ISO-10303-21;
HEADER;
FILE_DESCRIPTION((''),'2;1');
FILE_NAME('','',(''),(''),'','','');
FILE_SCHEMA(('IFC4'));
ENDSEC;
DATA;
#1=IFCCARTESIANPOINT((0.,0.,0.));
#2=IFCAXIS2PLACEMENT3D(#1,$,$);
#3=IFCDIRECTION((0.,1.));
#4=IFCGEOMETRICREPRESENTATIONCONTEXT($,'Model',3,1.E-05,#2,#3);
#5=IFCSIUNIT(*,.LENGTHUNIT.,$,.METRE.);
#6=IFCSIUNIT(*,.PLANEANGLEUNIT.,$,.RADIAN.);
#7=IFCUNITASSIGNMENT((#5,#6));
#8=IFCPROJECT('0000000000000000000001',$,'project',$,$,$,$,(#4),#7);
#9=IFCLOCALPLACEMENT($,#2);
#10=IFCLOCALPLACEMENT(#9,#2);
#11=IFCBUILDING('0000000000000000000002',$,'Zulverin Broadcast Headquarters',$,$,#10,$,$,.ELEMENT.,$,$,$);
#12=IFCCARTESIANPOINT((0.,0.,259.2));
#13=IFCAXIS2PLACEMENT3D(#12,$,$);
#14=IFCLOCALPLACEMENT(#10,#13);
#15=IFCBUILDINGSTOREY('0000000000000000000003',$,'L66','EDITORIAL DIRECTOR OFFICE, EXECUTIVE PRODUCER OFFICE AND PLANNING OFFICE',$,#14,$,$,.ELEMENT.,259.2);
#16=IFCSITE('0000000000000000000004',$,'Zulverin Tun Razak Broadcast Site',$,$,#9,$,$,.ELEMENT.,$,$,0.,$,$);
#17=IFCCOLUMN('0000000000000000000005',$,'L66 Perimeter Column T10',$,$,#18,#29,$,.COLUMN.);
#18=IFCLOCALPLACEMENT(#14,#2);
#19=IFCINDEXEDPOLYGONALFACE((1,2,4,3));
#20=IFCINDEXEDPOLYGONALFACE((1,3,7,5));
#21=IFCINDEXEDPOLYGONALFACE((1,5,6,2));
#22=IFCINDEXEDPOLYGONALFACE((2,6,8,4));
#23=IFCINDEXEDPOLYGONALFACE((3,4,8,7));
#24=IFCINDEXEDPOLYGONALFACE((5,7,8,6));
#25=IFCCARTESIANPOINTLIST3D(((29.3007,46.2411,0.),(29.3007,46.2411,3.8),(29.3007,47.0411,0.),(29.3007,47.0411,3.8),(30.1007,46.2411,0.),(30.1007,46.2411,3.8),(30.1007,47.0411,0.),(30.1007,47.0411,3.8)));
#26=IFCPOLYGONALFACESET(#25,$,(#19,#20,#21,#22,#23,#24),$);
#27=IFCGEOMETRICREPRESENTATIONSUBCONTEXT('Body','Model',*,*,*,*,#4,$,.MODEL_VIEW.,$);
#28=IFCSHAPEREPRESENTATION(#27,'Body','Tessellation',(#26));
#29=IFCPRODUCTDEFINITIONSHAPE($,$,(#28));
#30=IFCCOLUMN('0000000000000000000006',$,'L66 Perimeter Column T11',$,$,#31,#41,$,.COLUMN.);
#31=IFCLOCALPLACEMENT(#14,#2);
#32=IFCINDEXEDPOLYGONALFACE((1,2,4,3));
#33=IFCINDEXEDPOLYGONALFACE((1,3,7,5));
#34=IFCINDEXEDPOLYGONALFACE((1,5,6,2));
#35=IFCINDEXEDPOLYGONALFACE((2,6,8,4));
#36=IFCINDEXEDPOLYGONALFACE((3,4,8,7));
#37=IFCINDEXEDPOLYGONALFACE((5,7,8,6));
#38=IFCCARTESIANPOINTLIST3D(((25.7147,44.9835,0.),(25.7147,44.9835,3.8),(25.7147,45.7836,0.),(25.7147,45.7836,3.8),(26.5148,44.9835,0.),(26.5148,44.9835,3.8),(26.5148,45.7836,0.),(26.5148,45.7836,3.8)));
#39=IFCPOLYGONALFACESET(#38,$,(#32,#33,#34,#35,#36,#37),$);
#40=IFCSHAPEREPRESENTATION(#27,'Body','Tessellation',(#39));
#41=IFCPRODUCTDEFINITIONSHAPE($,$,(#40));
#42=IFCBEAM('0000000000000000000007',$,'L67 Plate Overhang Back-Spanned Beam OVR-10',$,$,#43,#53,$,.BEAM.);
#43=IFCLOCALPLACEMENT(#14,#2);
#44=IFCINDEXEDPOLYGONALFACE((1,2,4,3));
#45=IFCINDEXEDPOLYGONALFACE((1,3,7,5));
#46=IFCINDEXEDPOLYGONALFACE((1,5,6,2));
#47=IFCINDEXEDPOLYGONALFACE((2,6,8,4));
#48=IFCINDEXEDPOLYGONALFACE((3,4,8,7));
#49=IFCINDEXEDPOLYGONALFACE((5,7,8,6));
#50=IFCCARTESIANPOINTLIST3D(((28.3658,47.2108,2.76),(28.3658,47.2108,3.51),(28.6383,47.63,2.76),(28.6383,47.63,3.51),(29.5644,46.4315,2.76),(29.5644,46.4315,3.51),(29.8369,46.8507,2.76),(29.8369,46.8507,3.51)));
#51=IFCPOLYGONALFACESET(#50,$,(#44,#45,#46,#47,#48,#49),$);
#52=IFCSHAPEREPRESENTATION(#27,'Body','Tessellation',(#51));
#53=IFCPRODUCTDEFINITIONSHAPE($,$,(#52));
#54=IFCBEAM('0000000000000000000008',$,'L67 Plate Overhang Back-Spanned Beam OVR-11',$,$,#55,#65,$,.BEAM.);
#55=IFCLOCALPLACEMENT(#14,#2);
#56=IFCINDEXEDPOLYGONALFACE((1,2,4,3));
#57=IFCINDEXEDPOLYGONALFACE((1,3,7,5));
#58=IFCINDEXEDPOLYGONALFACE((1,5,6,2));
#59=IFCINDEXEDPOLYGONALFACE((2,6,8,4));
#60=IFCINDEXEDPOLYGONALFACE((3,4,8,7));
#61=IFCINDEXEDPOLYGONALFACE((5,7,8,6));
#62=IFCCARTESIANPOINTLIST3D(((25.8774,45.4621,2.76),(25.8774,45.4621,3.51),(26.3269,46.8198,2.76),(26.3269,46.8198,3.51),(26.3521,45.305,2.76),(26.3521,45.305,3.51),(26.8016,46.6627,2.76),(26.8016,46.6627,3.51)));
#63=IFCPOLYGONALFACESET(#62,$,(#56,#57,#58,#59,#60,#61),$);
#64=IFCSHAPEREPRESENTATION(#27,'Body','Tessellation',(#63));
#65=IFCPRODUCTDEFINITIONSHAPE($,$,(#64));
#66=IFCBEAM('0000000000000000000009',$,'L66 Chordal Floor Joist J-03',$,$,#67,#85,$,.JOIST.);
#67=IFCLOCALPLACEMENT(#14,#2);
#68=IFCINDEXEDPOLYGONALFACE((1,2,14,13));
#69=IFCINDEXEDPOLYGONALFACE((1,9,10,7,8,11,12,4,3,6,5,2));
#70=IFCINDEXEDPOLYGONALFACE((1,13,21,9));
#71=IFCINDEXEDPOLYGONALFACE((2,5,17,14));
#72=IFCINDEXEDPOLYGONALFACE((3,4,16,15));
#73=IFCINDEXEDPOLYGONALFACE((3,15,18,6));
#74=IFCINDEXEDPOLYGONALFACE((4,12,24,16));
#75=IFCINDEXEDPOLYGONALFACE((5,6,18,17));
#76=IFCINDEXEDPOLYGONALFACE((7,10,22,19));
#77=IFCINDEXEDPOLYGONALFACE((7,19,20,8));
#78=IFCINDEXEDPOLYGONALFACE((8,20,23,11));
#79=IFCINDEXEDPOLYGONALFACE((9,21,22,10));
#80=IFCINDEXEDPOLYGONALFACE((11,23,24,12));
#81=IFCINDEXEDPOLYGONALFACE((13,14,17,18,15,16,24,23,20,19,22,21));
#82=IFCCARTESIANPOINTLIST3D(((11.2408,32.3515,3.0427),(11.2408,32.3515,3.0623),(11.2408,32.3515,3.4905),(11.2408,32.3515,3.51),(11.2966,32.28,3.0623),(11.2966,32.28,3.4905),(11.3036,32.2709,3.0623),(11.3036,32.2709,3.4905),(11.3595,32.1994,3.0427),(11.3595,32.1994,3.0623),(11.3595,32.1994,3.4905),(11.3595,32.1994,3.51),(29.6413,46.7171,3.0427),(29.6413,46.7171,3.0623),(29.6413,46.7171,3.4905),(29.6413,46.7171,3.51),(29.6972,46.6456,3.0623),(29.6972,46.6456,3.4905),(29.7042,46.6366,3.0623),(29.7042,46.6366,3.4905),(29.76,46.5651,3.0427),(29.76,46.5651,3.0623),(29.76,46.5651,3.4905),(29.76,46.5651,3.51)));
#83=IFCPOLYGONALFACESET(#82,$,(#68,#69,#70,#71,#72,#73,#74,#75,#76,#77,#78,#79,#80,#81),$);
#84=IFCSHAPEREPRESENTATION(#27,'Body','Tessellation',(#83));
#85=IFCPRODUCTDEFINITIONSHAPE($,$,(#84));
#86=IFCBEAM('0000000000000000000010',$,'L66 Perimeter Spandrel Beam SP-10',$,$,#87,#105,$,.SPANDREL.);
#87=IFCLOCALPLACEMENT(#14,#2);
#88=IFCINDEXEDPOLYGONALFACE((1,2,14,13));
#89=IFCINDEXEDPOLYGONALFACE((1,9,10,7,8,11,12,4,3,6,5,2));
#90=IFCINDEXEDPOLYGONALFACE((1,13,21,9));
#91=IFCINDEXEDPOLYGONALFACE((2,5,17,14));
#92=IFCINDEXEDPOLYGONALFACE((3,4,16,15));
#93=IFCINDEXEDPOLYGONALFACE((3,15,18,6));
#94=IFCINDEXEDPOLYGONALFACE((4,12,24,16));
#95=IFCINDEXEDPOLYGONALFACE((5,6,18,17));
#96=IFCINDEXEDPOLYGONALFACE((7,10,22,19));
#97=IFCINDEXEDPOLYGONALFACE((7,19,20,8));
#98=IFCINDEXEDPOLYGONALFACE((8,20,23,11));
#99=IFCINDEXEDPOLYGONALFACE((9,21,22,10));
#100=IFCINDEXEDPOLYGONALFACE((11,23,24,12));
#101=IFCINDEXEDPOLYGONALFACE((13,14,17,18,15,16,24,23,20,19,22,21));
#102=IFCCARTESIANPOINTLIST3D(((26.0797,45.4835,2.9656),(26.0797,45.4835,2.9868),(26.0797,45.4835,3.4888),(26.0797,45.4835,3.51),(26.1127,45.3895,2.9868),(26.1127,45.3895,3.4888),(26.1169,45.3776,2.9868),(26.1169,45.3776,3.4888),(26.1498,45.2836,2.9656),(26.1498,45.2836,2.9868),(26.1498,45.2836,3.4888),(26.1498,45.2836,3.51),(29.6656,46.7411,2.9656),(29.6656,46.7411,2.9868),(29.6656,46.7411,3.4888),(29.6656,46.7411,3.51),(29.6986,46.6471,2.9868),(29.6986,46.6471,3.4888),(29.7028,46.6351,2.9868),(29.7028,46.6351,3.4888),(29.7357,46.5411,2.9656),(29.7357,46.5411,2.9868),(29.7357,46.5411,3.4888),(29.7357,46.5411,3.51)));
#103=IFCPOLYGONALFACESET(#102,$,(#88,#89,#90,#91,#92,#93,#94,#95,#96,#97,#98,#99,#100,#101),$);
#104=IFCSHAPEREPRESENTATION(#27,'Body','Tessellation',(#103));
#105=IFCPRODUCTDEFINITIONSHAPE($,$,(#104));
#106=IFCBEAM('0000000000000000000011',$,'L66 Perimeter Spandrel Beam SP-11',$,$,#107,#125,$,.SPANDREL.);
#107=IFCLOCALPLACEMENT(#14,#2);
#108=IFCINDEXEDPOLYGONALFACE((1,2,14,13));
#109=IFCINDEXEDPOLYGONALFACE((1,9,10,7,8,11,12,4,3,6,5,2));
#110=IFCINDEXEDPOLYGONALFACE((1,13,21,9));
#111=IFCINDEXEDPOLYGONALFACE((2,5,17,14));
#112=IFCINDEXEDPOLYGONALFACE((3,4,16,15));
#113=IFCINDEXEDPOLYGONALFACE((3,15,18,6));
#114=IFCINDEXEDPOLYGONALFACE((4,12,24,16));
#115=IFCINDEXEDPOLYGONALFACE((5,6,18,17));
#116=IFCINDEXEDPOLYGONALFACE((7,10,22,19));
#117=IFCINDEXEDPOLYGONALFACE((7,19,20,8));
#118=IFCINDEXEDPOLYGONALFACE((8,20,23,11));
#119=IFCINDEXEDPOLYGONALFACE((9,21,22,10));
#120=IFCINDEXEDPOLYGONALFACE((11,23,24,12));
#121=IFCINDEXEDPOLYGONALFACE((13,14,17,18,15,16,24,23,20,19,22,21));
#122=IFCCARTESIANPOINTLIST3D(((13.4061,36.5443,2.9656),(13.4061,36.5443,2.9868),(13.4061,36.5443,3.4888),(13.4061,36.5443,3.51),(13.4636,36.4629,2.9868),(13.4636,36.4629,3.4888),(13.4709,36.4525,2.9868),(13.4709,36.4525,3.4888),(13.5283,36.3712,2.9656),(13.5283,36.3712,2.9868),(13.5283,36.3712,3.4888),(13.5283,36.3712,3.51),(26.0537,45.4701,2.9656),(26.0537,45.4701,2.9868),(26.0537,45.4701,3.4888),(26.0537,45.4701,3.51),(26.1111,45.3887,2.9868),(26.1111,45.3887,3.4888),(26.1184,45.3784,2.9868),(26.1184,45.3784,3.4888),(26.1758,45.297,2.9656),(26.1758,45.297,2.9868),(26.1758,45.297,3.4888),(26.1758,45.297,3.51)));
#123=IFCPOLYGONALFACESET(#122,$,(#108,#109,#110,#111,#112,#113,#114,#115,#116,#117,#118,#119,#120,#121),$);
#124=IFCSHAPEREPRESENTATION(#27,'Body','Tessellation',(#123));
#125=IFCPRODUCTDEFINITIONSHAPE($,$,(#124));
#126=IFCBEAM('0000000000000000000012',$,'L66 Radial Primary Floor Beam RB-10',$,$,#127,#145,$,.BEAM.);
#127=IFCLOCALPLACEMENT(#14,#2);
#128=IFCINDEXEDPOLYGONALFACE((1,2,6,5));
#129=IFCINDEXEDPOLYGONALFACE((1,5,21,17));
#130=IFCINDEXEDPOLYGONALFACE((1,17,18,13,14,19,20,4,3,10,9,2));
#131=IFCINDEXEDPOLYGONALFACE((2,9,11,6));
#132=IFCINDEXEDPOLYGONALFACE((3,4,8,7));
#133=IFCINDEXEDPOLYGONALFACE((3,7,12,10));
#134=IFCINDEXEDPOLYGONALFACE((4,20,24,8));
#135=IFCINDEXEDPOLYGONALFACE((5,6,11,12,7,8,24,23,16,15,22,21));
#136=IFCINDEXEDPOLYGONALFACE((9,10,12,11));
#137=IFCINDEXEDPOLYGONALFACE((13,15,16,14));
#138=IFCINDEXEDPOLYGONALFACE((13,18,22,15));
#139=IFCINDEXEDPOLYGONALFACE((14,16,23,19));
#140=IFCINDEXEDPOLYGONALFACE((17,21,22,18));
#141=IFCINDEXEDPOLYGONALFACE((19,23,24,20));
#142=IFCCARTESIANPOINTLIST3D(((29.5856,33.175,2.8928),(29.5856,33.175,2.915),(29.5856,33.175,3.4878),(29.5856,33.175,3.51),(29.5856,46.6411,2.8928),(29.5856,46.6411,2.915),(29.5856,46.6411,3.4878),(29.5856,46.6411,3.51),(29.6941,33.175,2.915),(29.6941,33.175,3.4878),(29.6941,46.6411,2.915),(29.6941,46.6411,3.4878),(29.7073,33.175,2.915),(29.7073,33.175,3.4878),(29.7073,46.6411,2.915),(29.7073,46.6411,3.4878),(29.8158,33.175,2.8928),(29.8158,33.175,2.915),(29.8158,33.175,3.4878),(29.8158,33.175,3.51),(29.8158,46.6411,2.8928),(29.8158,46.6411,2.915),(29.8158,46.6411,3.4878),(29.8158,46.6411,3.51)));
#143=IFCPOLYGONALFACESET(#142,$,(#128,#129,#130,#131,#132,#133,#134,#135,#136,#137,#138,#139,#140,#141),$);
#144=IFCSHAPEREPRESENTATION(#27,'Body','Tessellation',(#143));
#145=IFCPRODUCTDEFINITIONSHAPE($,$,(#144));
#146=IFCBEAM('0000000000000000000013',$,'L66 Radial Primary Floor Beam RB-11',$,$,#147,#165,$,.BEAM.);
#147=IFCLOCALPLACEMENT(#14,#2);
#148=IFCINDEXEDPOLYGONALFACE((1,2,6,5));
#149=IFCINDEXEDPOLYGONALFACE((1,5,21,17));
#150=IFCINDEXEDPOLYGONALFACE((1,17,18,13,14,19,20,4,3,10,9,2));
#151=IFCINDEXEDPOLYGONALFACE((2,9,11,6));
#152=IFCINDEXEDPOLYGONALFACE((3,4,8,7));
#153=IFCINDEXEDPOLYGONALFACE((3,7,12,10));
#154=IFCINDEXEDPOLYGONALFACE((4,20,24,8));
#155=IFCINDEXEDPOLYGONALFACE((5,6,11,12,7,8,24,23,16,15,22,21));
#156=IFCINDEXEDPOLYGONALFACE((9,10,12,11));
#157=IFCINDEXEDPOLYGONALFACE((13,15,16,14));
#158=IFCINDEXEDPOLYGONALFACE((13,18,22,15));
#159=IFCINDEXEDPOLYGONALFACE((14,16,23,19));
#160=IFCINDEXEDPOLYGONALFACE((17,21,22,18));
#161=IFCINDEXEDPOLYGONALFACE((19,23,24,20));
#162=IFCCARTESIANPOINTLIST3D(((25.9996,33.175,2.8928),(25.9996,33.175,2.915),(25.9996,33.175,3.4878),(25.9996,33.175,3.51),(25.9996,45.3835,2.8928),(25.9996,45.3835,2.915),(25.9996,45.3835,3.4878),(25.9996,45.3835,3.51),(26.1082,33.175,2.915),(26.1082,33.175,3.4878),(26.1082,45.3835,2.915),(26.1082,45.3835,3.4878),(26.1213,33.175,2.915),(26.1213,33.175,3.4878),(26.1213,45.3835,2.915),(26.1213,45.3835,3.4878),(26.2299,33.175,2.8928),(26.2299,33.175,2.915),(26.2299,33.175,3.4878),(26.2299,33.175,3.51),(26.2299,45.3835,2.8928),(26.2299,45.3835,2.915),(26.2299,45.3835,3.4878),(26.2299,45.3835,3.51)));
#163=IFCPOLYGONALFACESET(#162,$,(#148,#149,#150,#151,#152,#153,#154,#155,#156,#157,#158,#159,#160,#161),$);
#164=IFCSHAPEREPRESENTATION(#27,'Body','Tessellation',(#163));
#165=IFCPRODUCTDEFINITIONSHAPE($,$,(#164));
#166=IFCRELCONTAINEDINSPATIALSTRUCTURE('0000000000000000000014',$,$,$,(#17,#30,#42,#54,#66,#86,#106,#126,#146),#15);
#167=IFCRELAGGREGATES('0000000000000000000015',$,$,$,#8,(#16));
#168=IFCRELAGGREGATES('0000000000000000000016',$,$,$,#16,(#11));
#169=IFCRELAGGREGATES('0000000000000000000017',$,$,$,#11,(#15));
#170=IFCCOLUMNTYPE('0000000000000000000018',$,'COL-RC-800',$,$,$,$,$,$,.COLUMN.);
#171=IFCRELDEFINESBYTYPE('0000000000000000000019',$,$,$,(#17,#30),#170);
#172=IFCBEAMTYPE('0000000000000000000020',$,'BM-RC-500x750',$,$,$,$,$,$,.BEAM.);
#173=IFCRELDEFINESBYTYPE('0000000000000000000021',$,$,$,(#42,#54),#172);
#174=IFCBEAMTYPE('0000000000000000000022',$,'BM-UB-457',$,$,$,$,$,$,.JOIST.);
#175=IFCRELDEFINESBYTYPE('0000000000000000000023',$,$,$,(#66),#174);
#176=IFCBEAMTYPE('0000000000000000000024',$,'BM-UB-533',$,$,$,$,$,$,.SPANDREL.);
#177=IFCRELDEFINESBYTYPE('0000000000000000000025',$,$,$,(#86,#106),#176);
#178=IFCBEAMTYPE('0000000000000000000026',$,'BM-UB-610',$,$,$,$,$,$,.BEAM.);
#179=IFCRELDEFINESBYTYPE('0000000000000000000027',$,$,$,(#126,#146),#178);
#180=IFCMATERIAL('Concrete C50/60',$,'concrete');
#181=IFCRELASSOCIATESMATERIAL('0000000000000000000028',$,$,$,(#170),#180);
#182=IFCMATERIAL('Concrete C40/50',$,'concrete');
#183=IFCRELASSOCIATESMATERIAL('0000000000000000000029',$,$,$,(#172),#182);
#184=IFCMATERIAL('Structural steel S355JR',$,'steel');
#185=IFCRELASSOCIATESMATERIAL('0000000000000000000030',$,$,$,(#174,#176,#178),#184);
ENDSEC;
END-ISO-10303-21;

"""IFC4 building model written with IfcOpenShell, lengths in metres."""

from ifc_helpers import new_model, si_unit, direction, frame, origin, origin_2d, place, context, subcontext, project, spatial, rectangle, i_section, extrude, material, material_profile, profile_set, type_object, element, save


model = new_model("IFC4")

# Units and contexts
model_context = context("Model", 3, precision=1e-05, world=origin(), true_north=direction((0.0, 1.0)))
body_context = subcontext(model_context, "Body", "Model", "MODEL_VIEW")
ifc_project = project(units=[si_unit("LENGTHUNIT", "METRE"), si_unit("PLANEANGLEUNIT", "RADIAN")], contexts=[model_context])

# Site, building, storey
site_placement = place(None, origin())
site = spatial("IfcSite", under=ifc_project, at=site_placement, Name="Zulverin Tun Razak Broadcast Site", CompositionType="ELEMENT", RefElevation=0.0)
building_placement = place(site_placement, origin())
building = spatial("IfcBuilding", under=site, at=building_placement, Name="Zulverin Broadcast Headquarters", CompositionType="ELEMENT")
storey_placement = place(building_placement, frame((0.0, 0.0, 259.2)))
storey = spatial("IfcBuildingStorey", under=building, at=storey_placement, Name="L66", Description="EDITORIAL DIRECTOR OFFICE, EXECUTIVE PRODUCER OFFICE AND PLANNING OFFICE", CompositionType="ELEMENT", Elevation=259.2)

# Columns
ifc_material_1 = material(Name="Concrete C50/60", Category="concrete")
ifc_material_profile_1 = material_profile(ifc_material_1, rectangle(XDim=0.8, YDim=0.8, at=origin_2d()), Name="Concrete C50/60", Category="concrete")
ifc_profile_set_1 = profile_set([ifc_material_profile_1], Name="Concrete C50/60")
column_type = type_object("IfcColumnType", Name="COL-RC-800", PredefinedType="COLUMN", material=ifc_profile_set_1)
for number, where, z_axis, x_axis, name in (
    (1, (29.7007, 46.6411, 0.0), (0.0, 0.0, 1.0), (1.0, 0.0, 0.0), "L66 Perimeter Column T10"),
    (2, (26.1147, 45.3835, 0.0), (0.0, 0.0, 1.0), (1.0, 0.0, 0.0), "L66 Perimeter Column T11"),
):
    element("IfcColumn", number, at=place(storey_placement, frame(where, z_axis=z_axis, x_axis=x_axis)), inside=storey, type_object=column_type, Name=name, PredefinedType="COLUMN", context=body_context, shape_type="SweptSolid", body=[
        extrude(rectangle(XDim=0.8, YDim=0.8, at=origin_2d()), origin(), (0.0, 0.0, 1.0), 3.8),
    ])

# Beams
ifc_material_2 = material(Name="Concrete C40/50", Category="concrete")
ifc_material_profile_2 = material_profile(ifc_material_2, rectangle(XDim=0.5, YDim=0.75, at=origin_2d()), Name="Concrete C40/50", Category="concrete")
ifc_profile_set_2 = profile_set([ifc_material_profile_2], Name="Concrete C40/50")
beam_type_1 = type_object("IfcBeamType", Name="BM-RC-500x750", PredefinedType="BEAM", material=ifc_profile_set_2)
beam_1_placement = place(storey_placement, frame((29.7007, 46.6411, 3.135), z_axis=(-0.838405, 0.545048, 0.0), x_axis=(-0.545048, -0.838405, 0.0)))
element("IfcBeam", 3, at=beam_1_placement, inside=storey, type_object=beam_type_1, Name="L67 Plate Overhang Back-Spanned Beam OVR-10", PredefinedType="BEAM", context=body_context, shape_type="SweptSolid", body=[
    extrude(rectangle(XDim=0.5, YDim=0.75, at=origin_2d()), origin(), (0.0, 0.0, 1.0), 1.4297),
])
beam_2_placement = place(storey_placement, frame((26.1147, 45.3835, 3.135), z_axis=(0.314281, 0.94933, 0.0), x_axis=(-0.94933, 0.314281, 0.0)))
element("IfcBeam", 4, at=beam_2_placement, inside=storey, type_object=beam_type_1, Name="L67 Plate Overhang Back-Spanned Beam OVR-11", PredefinedType="BEAM", context=body_context, shape_type="SweptSolid", body=[
    extrude(rectangle(XDim=0.5, YDim=0.75, at=origin_2d()), origin(), (0.0, 0.0, 1.0), 1.4302),
])
ifc_material_3 = material(Name="Structural steel S355JR", Category="steel")
ifc_material_profile_3 = material_profile(ifc_material_3, i_section(OverallWidth=0.1929, OverallDepth=0.4673, WebThickness=0.0115, FlangeThickness=0.0195, at=origin_2d()), Name="Structural steel S355JR", Category="steel")
ifc_profile_set_3 = profile_set([ifc_material_profile_3], Name="Structural steel S355JR")
beam_type_2 = type_object("IfcBeamType", Name="BM-UB-457", PredefinedType="JOIST", material=ifc_profile_set_3)
beam_3_placement = place(storey_placement, frame((29.7007, 46.6411, 3.2764), z_axis=(-0.788227, -0.615384, 0.0), x_axis=(0.615384, -0.788227, 0.0)))
element("IfcBeam", 5, at=beam_3_placement, inside=storey, type_object=beam_type_2, Name="L66 Chordal Floor Joist J-03", PredefinedType="JOIST", context=body_context, shape_type="SweptSolid", body=[
    extrude(i_section(OverallWidth=0.1929, OverallDepth=0.4673, WebThickness=0.0115, FlangeThickness=0.0195, at=origin_2d()), origin(), (0.0, 0.0, 1.0), 23.3442),
])
ifc_material_profile_4 = material_profile(ifc_material_3, i_section(OverallWidth=0.2119, OverallDepth=0.5444, WebThickness=0.0127, FlangeThickness=0.0212, at=origin_2d()), Name="Structural steel S355JR", Category="steel")
ifc_profile_set_4 = profile_set([ifc_material_profile_4], Name="Structural steel S355JR")
beam_type_3 = type_object("IfcBeamType", Name="BM-UB-533", PredefinedType="SPANDREL", material=ifc_profile_set_4)
beam_4_placement = place(storey_placement, frame((29.7007, 46.6411, 3.2378), z_axis=(-0.943654, -0.330934, 0.0), x_axis=(0.330934, -0.943654, 0.0)))
element("IfcBeam", 6, at=beam_4_placement, inside=storey, type_object=beam_type_3, Name="L66 Perimeter Spandrel Beam SP-10", PredefinedType="SPANDREL", context=body_context, shape_type="SweptSolid", body=[
    extrude(i_section(OverallWidth=0.2119, OverallDepth=0.5444, WebThickness=0.0127, FlangeThickness=0.0212, at=origin_2d()), origin(), (0.0, 0.0, 1.0), 3.8),
])
beam_5_placement = place(storey_placement, frame((26.1147, 45.3835, 3.2378), z_axis=(-0.817024, -0.576604, 0.0), x_axis=(0.576604, -0.817024, 0.0)))
element("IfcBeam", 7, at=beam_5_placement, inside=storey, type_object=beam_type_3, Name="L66 Perimeter Spandrel Beam SP-11", PredefinedType="SPANDREL", context=body_context, shape_type="SweptSolid", body=[
    extrude(i_section(OverallWidth=0.2119, OverallDepth=0.5444, WebThickness=0.0127, FlangeThickness=0.0212, at=origin_2d()), origin(), (0.0, 0.0, 1.0), 15.48),
])
ifc_material_profile_5 = material_profile(ifc_material_3, i_section(OverallWidth=0.2302, OverallDepth=0.6172, WebThickness=0.0132, FlangeThickness=0.0222, at=origin_2d()), Name="Structural steel S355JR", Category="steel")
ifc_profile_set_5 = profile_set([ifc_material_profile_5], Name="Structural steel S355JR")
beam_type_4 = type_object("IfcBeamType", Name="BM-UB-610", PredefinedType="BEAM", material=ifc_profile_set_5)
beam_6_placement = place(storey_placement, frame((29.7007, 33.175, 3.2014), z_axis=(0.0, 1.0, 0.0), x_axis=(-1.0, 0.0, 0.0)))
element("IfcBeam", 8, at=beam_6_placement, inside=storey, type_object=beam_type_4, Name="L66 Radial Primary Floor Beam RB-10", PredefinedType="BEAM", context=body_context, shape_type="SweptSolid", body=[
    extrude(i_section(OverallWidth=0.2302, OverallDepth=0.6172, WebThickness=0.0132, FlangeThickness=0.0222, at=origin_2d()), origin(), (0.0, 0.0, 1.0), 13.4661),
])
beam_7_placement = place(storey_placement, frame((26.1147, 33.175, 3.2014), z_axis=(0.0, 1.0, 0.0), x_axis=(-1.0, 0.0, 0.0)))
element("IfcBeam", 9, at=beam_7_placement, inside=storey, type_object=beam_type_4, Name="L66 Radial Primary Floor Beam RB-11", PredefinedType="BEAM", context=body_context, shape_type="SweptSolid", body=[
    extrude(i_section(OverallWidth=0.2302, OverallDepth=0.6172, WebThickness=0.0132, FlangeThickness=0.0222, at=origin_2d()), origin(), (0.0, 0.0, 1.0), 12.2085),
])

save(model, "model.ifc")
